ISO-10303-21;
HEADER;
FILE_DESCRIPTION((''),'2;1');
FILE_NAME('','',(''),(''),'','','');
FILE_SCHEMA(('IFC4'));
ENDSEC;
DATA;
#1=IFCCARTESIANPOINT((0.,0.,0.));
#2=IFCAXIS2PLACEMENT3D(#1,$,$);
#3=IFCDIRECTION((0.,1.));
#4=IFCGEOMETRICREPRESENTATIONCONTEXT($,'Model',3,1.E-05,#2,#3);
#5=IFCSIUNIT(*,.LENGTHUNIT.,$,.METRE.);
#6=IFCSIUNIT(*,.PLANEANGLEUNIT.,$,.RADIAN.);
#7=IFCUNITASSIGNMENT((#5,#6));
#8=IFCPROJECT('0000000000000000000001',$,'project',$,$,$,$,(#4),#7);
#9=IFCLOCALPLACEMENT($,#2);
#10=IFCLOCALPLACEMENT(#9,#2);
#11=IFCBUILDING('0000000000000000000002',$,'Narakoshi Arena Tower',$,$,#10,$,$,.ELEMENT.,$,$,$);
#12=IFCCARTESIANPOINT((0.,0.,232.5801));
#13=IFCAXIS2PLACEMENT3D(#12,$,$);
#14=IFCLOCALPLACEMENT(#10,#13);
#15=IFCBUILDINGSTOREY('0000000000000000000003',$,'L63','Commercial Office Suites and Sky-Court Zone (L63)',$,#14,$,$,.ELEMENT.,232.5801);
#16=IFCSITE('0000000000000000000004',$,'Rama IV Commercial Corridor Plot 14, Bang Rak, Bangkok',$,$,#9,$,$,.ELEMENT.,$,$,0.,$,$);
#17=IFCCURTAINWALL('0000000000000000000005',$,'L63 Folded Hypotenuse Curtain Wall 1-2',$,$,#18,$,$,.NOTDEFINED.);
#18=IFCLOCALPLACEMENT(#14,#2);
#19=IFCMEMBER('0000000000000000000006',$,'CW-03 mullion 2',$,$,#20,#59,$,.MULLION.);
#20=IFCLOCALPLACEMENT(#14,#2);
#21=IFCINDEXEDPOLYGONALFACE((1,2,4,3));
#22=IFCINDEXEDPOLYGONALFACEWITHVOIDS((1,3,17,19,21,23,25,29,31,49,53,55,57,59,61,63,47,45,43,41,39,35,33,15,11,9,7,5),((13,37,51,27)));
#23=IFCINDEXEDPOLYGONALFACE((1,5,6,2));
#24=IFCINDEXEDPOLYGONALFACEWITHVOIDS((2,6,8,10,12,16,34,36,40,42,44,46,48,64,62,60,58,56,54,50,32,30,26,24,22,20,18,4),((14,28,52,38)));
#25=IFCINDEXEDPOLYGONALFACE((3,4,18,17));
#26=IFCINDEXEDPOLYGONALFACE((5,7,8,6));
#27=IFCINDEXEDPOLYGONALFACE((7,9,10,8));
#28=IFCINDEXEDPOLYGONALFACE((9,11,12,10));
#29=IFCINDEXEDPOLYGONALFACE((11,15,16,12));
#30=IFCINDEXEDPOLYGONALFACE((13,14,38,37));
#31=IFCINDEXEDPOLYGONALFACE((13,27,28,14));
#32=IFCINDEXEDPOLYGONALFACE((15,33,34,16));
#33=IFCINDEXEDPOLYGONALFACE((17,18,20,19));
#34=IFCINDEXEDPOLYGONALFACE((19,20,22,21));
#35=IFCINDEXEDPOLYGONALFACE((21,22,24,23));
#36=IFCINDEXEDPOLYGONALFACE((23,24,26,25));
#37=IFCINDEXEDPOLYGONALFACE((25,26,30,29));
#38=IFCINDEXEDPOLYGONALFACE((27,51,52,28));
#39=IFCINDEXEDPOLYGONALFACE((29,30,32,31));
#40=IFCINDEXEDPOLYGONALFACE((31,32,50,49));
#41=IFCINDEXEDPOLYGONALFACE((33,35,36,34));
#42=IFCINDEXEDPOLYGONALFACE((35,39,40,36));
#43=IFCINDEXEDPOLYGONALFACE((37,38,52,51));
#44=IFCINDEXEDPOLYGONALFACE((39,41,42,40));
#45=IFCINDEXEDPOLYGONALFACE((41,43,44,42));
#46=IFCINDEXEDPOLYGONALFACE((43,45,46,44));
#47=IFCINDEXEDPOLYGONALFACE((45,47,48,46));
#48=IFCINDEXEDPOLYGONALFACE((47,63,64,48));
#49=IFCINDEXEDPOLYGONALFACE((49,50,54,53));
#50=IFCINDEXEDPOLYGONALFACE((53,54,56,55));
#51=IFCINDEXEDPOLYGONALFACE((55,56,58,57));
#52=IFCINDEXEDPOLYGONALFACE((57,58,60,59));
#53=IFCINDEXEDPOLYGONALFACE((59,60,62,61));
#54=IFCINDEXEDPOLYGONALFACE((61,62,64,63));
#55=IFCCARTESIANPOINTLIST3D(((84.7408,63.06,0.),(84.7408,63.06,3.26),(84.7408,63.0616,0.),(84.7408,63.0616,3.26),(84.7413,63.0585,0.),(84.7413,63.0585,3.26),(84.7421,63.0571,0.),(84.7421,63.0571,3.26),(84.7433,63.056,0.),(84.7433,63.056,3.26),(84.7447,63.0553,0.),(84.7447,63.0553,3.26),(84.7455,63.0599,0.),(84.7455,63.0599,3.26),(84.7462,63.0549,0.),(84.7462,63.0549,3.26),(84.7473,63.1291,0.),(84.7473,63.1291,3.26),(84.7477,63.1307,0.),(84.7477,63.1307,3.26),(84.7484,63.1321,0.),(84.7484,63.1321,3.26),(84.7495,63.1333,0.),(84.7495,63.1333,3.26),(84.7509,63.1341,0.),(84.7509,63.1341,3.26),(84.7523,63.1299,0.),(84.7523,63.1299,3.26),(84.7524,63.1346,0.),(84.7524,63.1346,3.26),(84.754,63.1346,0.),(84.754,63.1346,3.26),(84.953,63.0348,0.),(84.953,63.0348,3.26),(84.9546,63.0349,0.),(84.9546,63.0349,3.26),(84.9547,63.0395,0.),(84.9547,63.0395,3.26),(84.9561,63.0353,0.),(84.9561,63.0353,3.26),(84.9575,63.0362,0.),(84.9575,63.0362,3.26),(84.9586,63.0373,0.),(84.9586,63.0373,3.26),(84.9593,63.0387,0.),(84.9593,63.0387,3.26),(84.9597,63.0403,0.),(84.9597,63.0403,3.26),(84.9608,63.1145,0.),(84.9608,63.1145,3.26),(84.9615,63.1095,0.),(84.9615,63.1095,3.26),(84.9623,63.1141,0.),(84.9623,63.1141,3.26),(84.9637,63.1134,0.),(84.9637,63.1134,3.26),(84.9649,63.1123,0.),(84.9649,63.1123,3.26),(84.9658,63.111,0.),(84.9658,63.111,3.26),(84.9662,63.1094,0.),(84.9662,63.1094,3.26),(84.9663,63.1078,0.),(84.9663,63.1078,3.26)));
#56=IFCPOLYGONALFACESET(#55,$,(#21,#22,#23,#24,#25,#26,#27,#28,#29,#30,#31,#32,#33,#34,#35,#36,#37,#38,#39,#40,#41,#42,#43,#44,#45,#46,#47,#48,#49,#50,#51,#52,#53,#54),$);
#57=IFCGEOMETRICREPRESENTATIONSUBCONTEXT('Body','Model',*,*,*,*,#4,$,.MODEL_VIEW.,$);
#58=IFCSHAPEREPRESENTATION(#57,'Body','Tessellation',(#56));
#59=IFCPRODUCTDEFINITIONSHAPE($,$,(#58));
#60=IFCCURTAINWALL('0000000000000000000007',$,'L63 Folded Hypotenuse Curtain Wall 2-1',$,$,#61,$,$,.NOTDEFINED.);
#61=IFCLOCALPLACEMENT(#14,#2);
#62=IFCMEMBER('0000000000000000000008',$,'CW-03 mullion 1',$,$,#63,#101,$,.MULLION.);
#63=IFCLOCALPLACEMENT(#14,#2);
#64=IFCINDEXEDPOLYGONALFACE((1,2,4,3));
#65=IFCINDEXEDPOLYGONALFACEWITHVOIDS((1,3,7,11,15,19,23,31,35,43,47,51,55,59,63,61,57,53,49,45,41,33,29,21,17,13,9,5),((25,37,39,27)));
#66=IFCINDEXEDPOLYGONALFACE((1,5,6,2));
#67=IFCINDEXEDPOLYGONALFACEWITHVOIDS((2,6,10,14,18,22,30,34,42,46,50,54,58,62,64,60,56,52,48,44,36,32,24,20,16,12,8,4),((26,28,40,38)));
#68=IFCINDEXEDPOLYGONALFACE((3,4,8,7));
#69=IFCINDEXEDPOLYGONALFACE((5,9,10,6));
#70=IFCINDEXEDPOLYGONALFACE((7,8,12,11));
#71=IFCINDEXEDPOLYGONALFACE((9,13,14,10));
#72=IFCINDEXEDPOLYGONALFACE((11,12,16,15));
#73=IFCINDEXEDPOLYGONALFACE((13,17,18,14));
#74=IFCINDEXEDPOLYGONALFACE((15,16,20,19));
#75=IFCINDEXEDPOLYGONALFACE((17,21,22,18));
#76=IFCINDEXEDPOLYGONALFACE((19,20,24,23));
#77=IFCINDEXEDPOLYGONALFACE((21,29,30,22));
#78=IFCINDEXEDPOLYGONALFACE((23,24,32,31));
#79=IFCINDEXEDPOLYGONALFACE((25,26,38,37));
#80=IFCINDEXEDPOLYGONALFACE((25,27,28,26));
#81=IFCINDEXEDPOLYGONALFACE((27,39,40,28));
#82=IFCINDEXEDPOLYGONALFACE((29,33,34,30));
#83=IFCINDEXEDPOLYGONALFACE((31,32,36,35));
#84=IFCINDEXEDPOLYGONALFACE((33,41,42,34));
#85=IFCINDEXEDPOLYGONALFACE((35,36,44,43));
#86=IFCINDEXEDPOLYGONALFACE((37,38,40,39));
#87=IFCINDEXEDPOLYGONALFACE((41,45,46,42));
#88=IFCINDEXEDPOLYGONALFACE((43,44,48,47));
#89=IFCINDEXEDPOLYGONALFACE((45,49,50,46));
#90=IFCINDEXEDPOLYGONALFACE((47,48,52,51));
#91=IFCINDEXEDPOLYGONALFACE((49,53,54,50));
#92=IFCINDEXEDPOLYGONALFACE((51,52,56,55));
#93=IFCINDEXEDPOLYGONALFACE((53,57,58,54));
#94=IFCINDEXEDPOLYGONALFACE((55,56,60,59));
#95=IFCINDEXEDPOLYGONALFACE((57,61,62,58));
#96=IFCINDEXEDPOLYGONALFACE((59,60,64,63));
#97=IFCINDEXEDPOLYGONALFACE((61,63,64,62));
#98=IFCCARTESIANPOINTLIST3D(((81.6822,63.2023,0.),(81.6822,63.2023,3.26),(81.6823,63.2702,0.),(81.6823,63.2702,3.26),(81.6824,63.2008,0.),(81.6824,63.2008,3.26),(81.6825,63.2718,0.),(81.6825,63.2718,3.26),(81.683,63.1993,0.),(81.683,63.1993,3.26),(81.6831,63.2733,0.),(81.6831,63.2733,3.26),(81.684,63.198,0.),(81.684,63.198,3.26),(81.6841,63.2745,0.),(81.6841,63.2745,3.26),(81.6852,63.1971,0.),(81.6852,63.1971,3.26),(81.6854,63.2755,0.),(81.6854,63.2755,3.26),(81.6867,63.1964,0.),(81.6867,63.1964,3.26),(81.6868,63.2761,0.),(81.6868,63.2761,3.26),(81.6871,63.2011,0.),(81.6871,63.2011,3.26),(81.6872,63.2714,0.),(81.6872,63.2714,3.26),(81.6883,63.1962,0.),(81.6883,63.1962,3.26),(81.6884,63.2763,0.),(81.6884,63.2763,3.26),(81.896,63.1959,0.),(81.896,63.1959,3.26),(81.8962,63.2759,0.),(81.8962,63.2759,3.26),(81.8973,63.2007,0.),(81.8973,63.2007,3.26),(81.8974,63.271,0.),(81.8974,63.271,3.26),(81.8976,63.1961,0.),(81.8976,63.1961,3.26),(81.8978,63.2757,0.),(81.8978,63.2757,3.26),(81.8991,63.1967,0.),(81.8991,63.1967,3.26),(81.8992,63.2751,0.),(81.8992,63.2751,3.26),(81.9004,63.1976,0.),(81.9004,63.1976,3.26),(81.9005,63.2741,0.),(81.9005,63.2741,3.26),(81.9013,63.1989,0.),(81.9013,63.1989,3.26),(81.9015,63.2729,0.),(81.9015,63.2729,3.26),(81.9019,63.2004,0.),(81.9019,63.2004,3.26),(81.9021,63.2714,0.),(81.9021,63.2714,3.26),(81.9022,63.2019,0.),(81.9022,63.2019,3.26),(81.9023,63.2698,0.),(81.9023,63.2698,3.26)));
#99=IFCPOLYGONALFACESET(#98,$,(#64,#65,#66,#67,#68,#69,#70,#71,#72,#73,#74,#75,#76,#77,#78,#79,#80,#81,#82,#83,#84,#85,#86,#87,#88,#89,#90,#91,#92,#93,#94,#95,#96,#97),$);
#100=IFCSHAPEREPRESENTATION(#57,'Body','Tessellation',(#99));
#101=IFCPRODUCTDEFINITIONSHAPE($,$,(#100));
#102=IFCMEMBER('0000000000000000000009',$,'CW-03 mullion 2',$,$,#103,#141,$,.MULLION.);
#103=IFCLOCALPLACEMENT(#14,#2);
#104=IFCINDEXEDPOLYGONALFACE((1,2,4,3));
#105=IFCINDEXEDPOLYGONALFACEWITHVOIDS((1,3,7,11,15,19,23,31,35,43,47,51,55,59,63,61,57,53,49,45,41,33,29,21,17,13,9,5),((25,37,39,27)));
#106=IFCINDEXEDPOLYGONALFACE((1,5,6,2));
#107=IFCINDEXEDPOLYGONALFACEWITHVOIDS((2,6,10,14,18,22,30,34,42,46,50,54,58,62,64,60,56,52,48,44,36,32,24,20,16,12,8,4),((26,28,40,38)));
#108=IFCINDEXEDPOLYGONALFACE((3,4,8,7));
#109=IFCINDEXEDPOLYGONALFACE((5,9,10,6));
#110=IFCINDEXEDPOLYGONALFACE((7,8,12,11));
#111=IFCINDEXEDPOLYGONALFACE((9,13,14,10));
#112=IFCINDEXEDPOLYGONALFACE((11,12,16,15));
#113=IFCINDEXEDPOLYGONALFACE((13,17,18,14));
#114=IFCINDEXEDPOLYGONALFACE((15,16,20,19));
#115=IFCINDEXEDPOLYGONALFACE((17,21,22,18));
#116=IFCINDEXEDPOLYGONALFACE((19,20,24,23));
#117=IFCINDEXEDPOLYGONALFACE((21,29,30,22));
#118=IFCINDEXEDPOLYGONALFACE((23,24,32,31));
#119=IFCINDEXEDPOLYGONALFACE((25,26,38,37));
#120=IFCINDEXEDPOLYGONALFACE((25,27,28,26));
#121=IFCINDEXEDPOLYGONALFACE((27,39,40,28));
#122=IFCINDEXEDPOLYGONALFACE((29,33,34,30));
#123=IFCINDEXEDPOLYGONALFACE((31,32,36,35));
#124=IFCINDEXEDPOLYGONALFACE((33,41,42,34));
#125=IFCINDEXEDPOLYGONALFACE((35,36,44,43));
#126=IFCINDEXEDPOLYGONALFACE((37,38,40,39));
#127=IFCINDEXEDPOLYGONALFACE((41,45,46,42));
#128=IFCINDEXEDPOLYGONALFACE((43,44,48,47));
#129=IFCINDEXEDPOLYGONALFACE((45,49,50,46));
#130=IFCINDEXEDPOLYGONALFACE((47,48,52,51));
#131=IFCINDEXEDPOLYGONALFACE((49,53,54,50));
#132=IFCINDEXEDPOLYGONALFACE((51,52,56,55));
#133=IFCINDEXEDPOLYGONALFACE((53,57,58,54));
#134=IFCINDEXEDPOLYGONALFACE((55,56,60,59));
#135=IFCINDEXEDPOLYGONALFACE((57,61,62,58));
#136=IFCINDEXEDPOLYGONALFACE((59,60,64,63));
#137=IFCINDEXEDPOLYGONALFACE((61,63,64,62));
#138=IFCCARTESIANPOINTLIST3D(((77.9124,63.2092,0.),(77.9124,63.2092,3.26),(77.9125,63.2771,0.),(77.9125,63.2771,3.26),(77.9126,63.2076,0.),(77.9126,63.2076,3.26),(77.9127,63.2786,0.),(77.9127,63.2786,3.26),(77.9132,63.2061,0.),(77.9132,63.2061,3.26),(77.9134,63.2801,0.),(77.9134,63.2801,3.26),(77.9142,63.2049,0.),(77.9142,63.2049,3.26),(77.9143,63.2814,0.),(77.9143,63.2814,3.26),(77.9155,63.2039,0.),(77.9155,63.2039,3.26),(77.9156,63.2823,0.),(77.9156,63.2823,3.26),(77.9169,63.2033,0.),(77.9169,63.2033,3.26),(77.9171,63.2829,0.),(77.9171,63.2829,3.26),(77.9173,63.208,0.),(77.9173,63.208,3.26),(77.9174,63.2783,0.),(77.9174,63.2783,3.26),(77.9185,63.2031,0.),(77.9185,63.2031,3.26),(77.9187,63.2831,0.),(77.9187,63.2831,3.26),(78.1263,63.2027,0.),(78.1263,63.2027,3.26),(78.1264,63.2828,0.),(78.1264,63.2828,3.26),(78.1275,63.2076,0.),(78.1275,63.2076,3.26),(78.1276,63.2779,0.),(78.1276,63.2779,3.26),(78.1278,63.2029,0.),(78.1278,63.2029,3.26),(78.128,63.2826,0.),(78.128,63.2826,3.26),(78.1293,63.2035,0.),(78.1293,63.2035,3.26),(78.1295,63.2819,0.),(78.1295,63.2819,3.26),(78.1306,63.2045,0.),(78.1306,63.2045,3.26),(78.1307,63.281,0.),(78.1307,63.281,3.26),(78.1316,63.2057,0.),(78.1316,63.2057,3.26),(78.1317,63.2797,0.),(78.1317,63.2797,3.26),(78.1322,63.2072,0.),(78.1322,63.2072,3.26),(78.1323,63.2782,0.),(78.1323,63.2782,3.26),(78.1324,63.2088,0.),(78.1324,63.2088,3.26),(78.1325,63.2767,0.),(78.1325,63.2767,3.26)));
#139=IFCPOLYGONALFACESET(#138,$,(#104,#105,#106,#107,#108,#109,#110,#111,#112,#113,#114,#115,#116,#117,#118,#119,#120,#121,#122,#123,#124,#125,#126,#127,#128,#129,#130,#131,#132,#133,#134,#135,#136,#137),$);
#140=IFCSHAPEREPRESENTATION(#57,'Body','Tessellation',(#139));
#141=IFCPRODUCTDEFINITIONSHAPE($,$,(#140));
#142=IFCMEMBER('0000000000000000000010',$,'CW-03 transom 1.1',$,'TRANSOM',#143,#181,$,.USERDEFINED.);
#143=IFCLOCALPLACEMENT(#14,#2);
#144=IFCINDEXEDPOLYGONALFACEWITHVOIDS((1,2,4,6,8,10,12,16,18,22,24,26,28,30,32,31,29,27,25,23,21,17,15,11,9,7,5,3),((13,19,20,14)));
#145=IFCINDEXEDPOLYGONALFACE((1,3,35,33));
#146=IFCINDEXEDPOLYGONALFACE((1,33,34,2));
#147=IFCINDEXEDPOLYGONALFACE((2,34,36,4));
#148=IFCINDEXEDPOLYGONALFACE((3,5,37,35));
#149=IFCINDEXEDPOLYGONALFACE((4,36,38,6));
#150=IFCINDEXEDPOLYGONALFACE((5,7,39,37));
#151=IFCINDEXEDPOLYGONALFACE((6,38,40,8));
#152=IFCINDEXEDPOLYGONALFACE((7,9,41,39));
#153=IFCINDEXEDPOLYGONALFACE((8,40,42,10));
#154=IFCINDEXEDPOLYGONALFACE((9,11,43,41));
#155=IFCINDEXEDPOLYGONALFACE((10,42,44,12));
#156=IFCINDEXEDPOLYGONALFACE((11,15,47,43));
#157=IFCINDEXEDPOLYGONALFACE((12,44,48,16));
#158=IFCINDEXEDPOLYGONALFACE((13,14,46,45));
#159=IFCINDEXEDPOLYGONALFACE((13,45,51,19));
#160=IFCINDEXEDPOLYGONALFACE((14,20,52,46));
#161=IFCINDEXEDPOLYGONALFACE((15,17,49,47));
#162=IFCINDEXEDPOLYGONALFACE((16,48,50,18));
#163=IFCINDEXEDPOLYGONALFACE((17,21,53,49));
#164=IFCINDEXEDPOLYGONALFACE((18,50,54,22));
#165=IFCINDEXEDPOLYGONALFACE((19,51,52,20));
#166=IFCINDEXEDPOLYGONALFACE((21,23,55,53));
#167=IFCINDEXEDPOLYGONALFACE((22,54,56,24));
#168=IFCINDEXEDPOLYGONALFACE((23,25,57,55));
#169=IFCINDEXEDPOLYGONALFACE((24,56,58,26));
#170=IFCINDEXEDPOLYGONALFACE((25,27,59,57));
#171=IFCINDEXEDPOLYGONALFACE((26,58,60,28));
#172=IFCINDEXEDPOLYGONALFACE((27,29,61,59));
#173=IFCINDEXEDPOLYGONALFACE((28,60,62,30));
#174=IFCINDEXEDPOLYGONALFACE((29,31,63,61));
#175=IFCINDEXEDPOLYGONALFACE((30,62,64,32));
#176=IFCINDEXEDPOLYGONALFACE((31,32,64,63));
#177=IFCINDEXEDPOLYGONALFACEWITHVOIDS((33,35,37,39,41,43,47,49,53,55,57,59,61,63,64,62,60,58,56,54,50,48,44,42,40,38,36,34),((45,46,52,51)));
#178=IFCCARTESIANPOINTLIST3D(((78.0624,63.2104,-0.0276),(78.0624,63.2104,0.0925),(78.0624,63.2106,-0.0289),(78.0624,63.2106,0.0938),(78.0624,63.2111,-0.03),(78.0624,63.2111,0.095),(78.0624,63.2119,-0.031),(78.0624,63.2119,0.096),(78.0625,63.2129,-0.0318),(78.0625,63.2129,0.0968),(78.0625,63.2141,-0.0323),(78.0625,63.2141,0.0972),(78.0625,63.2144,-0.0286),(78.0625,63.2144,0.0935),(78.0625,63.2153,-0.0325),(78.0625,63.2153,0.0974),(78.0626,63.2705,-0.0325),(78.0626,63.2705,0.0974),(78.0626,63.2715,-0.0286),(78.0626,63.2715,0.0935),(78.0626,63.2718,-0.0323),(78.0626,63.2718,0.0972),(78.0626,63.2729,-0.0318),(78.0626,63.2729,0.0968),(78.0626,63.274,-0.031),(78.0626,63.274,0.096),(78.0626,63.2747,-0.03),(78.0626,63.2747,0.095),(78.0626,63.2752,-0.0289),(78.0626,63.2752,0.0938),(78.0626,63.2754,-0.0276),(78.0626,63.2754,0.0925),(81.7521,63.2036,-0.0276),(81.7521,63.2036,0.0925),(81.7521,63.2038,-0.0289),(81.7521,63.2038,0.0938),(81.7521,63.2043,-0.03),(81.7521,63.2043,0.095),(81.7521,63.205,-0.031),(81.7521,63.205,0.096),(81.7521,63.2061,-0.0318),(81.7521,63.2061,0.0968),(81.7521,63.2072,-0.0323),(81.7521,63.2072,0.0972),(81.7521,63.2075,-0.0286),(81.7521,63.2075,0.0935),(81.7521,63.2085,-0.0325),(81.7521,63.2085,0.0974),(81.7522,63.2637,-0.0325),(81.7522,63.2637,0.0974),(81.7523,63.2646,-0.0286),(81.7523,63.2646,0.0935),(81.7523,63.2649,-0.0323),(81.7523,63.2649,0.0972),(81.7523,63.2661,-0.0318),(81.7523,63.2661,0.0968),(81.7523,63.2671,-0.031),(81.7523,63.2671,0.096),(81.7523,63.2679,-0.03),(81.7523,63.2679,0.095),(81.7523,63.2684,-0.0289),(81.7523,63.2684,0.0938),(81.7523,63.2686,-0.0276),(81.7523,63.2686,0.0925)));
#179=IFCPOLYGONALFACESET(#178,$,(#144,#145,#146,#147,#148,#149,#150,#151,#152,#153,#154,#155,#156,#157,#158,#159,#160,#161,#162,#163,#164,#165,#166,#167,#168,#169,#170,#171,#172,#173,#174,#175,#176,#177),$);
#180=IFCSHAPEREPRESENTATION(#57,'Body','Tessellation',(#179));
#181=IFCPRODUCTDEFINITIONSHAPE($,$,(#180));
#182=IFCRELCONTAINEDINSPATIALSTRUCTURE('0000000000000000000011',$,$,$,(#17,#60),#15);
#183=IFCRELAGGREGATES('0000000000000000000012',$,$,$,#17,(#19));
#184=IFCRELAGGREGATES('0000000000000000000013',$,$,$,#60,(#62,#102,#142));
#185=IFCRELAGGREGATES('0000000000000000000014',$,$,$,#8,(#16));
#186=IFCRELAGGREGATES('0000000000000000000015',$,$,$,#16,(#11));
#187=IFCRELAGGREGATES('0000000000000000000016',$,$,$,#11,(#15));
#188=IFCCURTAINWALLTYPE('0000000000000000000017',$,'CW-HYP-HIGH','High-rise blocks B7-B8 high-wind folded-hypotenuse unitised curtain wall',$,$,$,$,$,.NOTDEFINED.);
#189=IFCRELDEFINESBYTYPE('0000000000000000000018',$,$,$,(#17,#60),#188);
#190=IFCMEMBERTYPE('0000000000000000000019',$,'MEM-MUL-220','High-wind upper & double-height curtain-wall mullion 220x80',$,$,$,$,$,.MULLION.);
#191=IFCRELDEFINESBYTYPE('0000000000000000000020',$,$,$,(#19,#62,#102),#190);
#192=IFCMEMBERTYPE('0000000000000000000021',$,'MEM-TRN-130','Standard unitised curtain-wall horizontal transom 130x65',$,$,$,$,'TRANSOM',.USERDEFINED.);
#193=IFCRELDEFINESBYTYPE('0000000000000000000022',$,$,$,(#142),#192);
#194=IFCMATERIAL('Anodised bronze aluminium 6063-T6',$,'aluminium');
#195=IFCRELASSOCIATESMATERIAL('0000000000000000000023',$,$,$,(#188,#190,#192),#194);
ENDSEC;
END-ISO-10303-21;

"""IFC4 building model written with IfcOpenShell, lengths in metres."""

from ifc_helpers import new_model, si_unit, direction, frame, origin, origin_2d, place, context, subcontext, project, spatial, hollow_rectangle, extrude, material, material_profile, profile_set, type_object, element, aggregate, save


model = new_model("IFC4")

# Units and contexts
model_context = context("Model", 3, precision=1e-05, world=origin(), true_north=direction((0.0, 1.0)))
body_context = subcontext(model_context, "Body", "Model", "MODEL_VIEW")
ifc_project = project(units=[si_unit("LENGTHUNIT", "METRE"), si_unit("PLANEANGLEUNIT", "RADIAN")], contexts=[model_context])

# Site, building, storey
site_placement = place(None, origin())
site = spatial("IfcSite", under=ifc_project, at=site_placement, Name="Rama IV Commercial Corridor Plot 14, Bang Rak, Bangkok", CompositionType="ELEMENT", RefElevation=0.0)
building_placement = place(site_placement, origin())
building = spatial("IfcBuilding", under=site, at=building_placement, Name="Narakoshi Arena Tower", CompositionType="ELEMENT")
storey_placement = place(building_placement, frame((0.0, 0.0, 232.5801)))
storey = spatial("IfcBuildingStorey", under=building, at=storey_placement, Name="L63", Description="Commercial Office Suites and Sky-Court Zone (L63)", CompositionType="ELEMENT", Elevation=232.5801)

# Curtain wall, member
ifc_material_1 = material(Name="Anodised bronze aluminium 6063-T6", Category="aluminium")
curtain_wall_type = type_object("IfcCurtainWallType", Name="CW-HYP-HIGH", Description="High-rise blocks B7-B8 high-wind folded-hypotenuse unitised curtain wall", PredefinedType="NOTDEFINED", material=ifc_material_1)
curtain_wall_1_placement = place(storey_placement, origin())
curtain_wall_1 = element("IfcCurtainWall", 1, at=curtain_wall_1_placement, inside=storey, type_object=curtain_wall_type, Name="L63 Folded Hypotenuse Curtain Wall 1-2", PredefinedType="NOTDEFINED")
ifc_material_profile_1 = material_profile(ifc_material_1, hollow_rectangle(XDim=0.0801, YDim=0.22, WallThickness=0.0049, OuterFilletRadius=0.0061, at=origin_2d()), Name="MUL220x80x5")
ifc_profile_set_1 = profile_set([ifc_material_profile_1], Name="Anodised bronze aluminium 6063-T6")
member_type_1 = type_object("IfcMemberType", Name="MEM-MUL-220", Description="High-wind upper & double-height curtain-wall mullion 220x80", PredefinedType="MULLION", material=ifc_profile_set_1)
member_1_placement = place(storey_placement, frame((84.8535, 63.0847, 0.0), z_axis=(0.0, 0.0, 1.0), x_axis=(-0.096843, -0.9953, 0.0)))
member_1 = element("IfcMember", 2, at=member_1_placement, type_object=member_type_1, Name="CW-03 mullion 2", PredefinedType="MULLION", context=body_context, shape_type="SweptSolid", body=[
    extrude(hollow_rectangle(XDim=0.0801, YDim=0.22, WallThickness=0.0049, OuterFilletRadius=0.0061, at=origin_2d()), origin(), (0.0, 0.0, 1.0), 3.26),
])

# Curtain wall, members
curtain_wall_2_placement = place(storey_placement, origin())
curtain_wall_2 = element("IfcCurtainWall", 3, at=curtain_wall_2_placement, inside=storey, type_object=curtain_wall_type, Name="L63 Folded Hypotenuse Curtain Wall 2-1", PredefinedType="NOTDEFINED")
member_2_placement = place(storey_placement, frame((81.7922, 63.2361, 0.0), z_axis=(0.0, 0.0, 1.0), x_axis=(-0.00182, -0.999998, 0.0)))
member_2 = element("IfcMember", 4, at=member_2_placement, type_object=member_type_1, Name="CW-03 mullion 1", PredefinedType="MULLION", context=body_context, shape_type="SweptSolid", body=[
    extrude(hollow_rectangle(XDim=0.0801, YDim=0.22, WallThickness=0.0049, OuterFilletRadius=0.0061, at=origin_2d()), origin(), (0.0, 0.0, 1.0), 3.26),
])
member_3_placement = place(storey_placement, frame((78.0225, 63.2429, 0.0), z_axis=(0.0, 0.0, 1.0), x_axis=(-0.00182, -0.999998, 0.0)))
member_3 = element("IfcMember", 5, at=member_3_placement, type_object=member_type_1, Name="CW-03 mullion 2", PredefinedType="MULLION", context=body_context, shape_type="SweptSolid", body=[
    extrude(hollow_rectangle(XDim=0.0801, YDim=0.22, WallThickness=0.0049, OuterFilletRadius=0.0061, at=origin_2d()), origin(), (0.0, 0.0, 1.0), 3.26),
])
ifc_material_profile_2 = material_profile(ifc_material_1, hollow_rectangle(XDim=0.0649, YDim=0.1299, WallThickness=0.0039, OuterFilletRadius=0.0049, at=origin_2d()), Name="TRN130x65x4")
ifc_profile_set_2 = profile_set([ifc_material_profile_2], Name="Anodised bronze aluminium 6063-T6")
member_type_2 = type_object("IfcMemberType", Name="MEM-TRN-130", Description="Standard unitised curtain-wall horizontal transom 130x65", ElementType="TRANSOM", PredefinedType="USERDEFINED", material=ifc_profile_set_2)
member_4_placement = place(storey_placement, frame((81.7522, 63.2361, 0.0325), z_axis=(-0.999998, 0.001853, 0.0), x_axis=(-0.001853, -0.999998, 0.0)))
member_4 = element("IfcMember", 6, at=member_4_placement, type_object=member_type_2, Name="CW-03 transom 1.1", ObjectType="TRANSOM", PredefinedType="USERDEFINED", context=body_context, shape_type="SweptSolid", body=[
    extrude(hollow_rectangle(XDim=0.0649, YDim=0.1299, WallThickness=0.0039, OuterFilletRadius=0.0049, at=origin_2d()), origin(), (0.0, 0.0, 1.0), 3.6897),
])

aggregate(curtain_wall_1, [member_1])
aggregate(curtain_wall_2, [member_2, member_3, member_4])

save(model, "model.ifc")
